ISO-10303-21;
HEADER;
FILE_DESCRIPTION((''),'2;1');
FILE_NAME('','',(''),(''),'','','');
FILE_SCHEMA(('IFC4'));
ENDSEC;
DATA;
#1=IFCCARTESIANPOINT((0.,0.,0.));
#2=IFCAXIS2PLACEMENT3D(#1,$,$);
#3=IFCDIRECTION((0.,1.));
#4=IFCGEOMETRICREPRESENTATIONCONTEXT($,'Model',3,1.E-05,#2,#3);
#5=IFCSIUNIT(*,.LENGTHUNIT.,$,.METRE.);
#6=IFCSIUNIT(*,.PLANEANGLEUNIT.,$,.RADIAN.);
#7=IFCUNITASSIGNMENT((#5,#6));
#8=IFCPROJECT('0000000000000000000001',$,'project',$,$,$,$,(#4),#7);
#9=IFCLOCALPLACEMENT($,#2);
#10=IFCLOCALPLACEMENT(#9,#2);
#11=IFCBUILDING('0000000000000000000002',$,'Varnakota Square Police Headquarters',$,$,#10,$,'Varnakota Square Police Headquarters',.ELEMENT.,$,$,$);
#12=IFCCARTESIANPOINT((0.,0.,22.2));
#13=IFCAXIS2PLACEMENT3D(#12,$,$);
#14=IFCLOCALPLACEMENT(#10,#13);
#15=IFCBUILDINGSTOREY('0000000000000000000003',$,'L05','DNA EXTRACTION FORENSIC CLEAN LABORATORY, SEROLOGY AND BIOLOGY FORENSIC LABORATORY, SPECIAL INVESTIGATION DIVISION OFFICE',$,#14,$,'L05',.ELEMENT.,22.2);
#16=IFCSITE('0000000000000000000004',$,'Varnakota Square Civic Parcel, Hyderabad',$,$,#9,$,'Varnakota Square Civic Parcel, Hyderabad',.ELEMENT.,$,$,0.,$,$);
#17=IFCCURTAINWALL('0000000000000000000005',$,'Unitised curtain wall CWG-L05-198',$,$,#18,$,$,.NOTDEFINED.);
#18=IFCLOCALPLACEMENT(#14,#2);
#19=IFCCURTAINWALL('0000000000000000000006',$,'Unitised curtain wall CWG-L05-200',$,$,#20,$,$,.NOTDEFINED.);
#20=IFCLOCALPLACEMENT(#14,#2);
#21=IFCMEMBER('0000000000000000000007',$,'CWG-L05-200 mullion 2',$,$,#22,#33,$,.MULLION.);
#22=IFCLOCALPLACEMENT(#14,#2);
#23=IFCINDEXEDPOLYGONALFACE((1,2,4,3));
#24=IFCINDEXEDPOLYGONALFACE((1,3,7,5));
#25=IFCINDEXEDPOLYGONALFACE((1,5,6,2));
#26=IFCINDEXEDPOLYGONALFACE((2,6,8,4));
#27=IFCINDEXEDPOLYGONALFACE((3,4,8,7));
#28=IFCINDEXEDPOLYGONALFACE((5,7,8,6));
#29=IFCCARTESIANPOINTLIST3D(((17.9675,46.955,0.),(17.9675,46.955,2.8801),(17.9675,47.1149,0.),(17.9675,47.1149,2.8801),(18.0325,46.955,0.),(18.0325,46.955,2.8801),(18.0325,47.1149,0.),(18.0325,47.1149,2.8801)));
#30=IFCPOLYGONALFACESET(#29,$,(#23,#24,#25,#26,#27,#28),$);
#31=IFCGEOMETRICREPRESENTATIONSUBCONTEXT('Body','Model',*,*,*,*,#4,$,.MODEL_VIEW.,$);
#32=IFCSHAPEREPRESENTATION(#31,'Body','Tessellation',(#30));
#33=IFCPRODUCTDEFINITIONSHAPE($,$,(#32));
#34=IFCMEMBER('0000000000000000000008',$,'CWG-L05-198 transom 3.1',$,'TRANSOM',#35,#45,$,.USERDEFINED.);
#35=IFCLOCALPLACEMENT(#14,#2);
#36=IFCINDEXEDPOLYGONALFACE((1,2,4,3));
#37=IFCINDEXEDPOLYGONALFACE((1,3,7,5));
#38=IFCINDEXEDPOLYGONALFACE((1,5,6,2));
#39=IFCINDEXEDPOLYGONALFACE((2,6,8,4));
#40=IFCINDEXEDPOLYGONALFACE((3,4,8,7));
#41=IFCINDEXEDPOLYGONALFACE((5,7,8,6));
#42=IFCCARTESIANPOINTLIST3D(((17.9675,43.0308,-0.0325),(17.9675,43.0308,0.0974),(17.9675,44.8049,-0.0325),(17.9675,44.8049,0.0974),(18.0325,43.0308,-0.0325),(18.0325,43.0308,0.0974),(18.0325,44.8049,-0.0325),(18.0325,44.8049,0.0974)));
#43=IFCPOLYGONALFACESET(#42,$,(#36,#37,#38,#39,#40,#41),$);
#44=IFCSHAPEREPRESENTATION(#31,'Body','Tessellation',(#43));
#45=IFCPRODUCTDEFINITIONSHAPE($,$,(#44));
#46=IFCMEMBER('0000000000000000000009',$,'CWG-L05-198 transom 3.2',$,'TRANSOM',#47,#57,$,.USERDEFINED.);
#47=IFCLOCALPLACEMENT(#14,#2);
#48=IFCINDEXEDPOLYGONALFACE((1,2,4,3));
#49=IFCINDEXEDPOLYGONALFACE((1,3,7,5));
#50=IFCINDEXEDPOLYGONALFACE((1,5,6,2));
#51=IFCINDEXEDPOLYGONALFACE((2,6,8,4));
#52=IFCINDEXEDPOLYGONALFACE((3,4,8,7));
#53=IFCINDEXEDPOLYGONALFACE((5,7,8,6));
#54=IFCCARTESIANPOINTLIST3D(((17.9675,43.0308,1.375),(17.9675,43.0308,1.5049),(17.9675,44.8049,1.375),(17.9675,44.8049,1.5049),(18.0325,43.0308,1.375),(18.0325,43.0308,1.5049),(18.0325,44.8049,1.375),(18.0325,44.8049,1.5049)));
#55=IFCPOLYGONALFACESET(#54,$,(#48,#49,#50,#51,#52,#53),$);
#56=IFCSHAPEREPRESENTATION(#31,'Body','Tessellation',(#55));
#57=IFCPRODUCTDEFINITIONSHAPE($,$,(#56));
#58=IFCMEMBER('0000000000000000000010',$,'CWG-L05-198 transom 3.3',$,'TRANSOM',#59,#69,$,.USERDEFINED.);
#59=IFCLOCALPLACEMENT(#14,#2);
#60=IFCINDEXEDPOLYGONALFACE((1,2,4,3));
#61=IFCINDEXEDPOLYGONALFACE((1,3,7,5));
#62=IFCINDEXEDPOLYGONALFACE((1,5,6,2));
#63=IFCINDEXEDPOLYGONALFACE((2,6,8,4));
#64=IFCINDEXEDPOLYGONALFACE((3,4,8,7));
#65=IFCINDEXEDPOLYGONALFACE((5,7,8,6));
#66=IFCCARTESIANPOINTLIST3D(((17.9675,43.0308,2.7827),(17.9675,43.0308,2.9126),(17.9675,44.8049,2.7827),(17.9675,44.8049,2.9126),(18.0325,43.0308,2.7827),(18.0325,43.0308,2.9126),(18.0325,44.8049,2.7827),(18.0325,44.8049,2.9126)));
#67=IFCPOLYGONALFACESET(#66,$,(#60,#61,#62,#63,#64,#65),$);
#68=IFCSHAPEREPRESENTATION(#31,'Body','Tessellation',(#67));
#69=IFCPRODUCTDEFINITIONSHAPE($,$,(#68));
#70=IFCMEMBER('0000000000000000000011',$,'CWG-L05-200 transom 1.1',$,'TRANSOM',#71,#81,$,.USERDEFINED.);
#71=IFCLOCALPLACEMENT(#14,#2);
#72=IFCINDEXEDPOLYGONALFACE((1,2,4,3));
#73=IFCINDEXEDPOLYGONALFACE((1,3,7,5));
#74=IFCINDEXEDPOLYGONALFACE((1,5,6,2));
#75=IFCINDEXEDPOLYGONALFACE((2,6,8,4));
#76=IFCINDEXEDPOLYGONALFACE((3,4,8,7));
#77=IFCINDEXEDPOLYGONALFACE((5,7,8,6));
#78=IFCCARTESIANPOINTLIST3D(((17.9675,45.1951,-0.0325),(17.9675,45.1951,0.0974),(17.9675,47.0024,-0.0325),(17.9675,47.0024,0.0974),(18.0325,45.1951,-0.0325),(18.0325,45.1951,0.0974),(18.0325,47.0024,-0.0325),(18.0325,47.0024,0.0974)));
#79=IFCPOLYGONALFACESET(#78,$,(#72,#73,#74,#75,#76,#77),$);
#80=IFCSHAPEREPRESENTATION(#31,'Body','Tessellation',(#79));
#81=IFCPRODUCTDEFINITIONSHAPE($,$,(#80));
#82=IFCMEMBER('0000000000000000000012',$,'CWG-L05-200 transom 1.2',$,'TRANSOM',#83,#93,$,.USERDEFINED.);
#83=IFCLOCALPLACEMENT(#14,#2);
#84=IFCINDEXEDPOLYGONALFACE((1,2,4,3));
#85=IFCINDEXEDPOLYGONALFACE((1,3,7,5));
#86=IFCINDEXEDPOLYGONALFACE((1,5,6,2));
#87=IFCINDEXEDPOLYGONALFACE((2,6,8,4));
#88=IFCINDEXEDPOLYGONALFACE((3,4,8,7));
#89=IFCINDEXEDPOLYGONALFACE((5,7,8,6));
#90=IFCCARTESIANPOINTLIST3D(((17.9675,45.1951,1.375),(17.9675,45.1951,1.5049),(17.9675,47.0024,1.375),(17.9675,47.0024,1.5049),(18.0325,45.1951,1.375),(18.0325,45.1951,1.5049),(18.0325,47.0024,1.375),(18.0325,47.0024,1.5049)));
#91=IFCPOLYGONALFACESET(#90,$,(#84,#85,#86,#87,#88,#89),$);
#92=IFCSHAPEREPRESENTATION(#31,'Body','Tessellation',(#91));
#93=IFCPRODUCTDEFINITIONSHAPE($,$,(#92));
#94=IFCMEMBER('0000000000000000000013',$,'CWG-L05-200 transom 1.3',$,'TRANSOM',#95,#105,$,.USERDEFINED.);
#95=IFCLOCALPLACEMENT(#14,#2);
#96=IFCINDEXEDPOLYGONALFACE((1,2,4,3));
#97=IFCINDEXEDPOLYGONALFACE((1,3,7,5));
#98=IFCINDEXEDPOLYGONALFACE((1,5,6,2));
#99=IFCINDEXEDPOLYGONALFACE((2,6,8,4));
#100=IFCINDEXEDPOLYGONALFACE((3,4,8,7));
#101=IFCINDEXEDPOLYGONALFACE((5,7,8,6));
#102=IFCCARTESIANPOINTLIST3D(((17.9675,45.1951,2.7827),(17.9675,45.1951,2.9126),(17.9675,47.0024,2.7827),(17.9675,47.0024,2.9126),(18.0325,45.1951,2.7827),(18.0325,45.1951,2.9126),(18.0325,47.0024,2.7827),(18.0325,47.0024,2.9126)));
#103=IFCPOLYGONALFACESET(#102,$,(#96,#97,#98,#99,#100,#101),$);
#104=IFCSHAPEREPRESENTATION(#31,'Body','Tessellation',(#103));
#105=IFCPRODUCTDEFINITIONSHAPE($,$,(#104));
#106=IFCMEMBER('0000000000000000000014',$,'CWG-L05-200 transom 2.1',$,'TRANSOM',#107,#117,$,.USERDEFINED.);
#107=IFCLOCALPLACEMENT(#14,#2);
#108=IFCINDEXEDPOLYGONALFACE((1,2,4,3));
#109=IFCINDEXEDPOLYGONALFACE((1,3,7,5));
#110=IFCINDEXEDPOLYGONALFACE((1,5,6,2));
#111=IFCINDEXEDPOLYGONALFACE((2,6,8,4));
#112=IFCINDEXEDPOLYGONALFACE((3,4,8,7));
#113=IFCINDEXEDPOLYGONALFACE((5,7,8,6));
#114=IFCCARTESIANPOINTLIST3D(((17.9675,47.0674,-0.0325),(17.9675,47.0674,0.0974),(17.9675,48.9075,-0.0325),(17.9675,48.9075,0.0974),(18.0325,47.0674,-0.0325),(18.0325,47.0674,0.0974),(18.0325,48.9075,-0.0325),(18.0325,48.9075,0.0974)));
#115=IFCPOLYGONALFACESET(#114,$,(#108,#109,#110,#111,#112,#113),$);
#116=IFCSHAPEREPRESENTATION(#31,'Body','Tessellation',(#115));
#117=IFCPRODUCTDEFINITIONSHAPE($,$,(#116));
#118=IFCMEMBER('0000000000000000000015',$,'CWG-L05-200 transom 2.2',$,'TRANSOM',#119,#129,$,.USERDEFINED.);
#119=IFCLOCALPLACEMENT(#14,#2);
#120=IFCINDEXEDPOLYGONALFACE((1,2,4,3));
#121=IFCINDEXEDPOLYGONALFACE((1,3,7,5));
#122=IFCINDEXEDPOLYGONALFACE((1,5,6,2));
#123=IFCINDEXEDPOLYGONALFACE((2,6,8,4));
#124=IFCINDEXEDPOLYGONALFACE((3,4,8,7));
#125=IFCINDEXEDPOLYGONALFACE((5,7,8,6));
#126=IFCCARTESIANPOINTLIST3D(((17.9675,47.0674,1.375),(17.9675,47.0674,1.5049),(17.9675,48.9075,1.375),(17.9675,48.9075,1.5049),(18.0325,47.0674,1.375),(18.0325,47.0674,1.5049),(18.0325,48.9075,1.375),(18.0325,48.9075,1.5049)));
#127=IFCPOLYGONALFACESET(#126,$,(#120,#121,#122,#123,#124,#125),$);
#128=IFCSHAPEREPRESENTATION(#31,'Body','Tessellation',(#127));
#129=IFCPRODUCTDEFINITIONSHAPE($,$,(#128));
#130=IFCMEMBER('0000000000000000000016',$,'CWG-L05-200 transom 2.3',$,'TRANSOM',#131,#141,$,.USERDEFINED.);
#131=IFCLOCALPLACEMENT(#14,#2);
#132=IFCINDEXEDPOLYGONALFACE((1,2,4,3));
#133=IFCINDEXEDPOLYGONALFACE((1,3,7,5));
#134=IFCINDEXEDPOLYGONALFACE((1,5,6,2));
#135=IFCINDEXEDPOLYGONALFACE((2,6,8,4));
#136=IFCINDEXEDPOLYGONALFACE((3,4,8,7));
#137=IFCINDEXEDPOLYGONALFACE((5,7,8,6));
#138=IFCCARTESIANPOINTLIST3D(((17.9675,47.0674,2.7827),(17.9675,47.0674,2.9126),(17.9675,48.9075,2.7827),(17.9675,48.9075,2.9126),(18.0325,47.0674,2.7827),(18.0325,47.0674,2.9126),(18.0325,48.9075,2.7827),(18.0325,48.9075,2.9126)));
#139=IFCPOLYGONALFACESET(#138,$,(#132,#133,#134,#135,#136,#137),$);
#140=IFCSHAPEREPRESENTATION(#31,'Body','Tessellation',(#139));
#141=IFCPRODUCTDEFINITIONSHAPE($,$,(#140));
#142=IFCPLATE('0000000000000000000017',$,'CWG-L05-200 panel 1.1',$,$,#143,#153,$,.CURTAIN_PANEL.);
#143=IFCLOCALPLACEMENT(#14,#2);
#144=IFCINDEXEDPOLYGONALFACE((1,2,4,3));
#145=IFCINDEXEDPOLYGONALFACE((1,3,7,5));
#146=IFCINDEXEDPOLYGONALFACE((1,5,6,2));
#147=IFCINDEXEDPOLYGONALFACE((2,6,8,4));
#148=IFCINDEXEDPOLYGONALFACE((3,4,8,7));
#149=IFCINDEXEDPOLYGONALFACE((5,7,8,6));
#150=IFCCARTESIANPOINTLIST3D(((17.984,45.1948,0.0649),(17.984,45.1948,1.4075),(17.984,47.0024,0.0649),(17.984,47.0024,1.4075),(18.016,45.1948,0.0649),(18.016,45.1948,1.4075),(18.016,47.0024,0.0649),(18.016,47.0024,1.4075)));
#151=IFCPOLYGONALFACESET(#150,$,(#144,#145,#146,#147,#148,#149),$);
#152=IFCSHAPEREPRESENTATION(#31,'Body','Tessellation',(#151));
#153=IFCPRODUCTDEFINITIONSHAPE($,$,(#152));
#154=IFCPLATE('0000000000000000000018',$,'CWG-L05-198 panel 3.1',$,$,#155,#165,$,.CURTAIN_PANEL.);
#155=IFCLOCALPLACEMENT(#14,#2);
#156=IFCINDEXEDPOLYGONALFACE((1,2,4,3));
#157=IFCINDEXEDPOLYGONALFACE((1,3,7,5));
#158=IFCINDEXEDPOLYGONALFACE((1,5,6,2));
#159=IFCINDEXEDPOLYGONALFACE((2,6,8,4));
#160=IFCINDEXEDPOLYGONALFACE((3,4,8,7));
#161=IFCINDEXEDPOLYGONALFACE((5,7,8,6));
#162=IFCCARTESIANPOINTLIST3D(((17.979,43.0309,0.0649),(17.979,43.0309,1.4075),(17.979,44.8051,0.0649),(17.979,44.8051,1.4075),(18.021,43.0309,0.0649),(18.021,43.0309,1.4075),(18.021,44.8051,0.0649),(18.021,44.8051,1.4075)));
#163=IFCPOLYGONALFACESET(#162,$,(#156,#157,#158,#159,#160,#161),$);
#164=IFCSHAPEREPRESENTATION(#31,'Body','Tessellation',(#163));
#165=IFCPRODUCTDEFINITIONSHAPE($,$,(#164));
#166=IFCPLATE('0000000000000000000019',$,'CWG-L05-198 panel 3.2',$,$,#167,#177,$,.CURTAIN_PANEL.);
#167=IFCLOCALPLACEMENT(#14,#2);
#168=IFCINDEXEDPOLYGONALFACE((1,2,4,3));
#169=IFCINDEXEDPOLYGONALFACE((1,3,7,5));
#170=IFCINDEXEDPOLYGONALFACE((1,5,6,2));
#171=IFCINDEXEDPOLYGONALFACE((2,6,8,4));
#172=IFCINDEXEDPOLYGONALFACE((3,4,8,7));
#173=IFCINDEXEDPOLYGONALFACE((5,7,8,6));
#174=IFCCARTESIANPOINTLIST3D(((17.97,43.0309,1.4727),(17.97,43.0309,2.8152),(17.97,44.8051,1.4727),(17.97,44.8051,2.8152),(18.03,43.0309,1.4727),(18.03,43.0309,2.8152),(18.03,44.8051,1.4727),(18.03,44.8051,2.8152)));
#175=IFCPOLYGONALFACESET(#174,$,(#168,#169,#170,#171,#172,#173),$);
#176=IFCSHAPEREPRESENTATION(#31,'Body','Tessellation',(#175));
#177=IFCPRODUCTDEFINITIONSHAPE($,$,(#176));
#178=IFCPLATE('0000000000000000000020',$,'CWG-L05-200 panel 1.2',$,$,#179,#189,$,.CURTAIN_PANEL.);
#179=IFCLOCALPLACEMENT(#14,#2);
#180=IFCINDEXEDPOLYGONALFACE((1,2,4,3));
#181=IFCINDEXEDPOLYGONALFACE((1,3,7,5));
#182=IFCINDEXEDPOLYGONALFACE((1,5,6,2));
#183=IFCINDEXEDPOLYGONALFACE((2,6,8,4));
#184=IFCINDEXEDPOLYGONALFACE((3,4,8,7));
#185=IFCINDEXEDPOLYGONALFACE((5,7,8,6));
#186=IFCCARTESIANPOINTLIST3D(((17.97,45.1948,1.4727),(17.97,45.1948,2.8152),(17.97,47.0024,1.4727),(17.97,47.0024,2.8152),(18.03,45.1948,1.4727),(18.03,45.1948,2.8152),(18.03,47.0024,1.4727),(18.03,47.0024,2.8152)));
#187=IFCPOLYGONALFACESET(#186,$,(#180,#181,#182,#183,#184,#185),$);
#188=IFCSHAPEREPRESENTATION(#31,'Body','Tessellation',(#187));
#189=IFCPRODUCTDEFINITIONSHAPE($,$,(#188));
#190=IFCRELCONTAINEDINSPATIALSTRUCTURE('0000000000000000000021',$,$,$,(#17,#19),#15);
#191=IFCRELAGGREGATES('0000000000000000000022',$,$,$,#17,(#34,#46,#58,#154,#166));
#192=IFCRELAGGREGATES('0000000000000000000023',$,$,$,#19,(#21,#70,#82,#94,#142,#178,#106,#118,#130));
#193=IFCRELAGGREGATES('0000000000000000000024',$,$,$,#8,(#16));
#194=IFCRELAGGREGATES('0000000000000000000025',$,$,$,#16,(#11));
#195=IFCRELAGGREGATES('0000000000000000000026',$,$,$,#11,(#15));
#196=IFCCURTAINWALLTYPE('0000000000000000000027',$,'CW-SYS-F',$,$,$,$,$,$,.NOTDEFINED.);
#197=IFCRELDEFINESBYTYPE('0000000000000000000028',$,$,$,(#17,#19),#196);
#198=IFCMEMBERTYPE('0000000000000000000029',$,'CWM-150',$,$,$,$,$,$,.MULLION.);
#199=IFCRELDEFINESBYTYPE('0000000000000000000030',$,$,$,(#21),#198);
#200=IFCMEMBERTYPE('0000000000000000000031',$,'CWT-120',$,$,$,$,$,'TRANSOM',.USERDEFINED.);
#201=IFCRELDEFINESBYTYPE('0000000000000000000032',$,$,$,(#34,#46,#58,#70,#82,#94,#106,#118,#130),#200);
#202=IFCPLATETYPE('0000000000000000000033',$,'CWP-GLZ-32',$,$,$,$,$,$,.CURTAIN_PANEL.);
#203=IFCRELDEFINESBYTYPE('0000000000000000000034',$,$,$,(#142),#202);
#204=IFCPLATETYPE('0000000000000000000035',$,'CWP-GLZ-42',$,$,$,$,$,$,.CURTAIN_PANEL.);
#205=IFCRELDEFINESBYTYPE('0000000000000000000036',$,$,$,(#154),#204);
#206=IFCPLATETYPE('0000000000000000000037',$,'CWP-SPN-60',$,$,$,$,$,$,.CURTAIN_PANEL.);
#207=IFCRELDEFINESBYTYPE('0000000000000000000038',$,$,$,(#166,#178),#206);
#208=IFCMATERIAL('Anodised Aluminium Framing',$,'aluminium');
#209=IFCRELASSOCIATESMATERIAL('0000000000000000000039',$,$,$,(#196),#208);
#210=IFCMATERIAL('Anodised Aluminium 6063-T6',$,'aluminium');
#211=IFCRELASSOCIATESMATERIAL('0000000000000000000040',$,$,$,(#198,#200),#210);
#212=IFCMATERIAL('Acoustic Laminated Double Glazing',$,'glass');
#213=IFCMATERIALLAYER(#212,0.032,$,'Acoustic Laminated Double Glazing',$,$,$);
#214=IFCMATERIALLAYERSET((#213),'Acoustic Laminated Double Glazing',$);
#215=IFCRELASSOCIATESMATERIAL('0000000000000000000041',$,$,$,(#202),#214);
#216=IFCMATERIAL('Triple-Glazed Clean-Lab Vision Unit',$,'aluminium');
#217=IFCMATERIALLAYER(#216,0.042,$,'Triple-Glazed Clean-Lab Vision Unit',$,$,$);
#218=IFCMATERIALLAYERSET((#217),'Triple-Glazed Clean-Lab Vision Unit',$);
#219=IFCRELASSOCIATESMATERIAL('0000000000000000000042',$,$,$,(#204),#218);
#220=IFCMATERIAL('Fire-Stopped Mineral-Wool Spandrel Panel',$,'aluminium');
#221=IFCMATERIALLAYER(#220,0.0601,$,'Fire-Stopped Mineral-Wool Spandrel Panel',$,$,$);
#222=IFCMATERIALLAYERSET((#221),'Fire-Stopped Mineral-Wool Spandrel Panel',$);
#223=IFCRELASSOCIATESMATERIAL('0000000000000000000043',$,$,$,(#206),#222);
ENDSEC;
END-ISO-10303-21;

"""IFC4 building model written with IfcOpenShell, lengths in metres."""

from ifc_helpers import new_model, si_unit, direction, frame, origin, origin_2d, place, context, subcontext, project, spatial, rectangle, extrude, material, layer, layer_set, material_profile, profile_set, type_object, element, aggregate, save


model = new_model("IFC4")

# Units and contexts
model_context = context("Model", 3, precision=1e-05, world=origin(), true_north=direction((0.0, 1.0)))
body_context = subcontext(model_context, "Body", "Model", "MODEL_VIEW")
ifc_project = project(units=[si_unit("LENGTHUNIT", "METRE"), si_unit("PLANEANGLEUNIT", "RADIAN")], contexts=[model_context])

# Site, building, storey
site_placement = place(None, origin())
site = spatial("IfcSite", under=ifc_project, at=site_placement, Name="Varnakota Square Civic Parcel, Hyderabad", LongName="Varnakota Square Civic Parcel, Hyderabad", CompositionType="ELEMENT", RefElevation=0.0)
building_placement = place(site_placement, origin())
building = spatial("IfcBuilding", under=site, at=building_placement, Name="Varnakota Square Police Headquarters", LongName="Varnakota Square Police Headquarters", CompositionType="ELEMENT")
storey_placement = place(building_placement, frame((0.0, 0.0, 22.2)))
storey = spatial("IfcBuildingStorey", under=building, at=storey_placement, Name="L05", Description="DNA EXTRACTION FORENSIC CLEAN LABORATORY, SEROLOGY AND BIOLOGY FORENSIC LABORATORY, SPECIAL INVESTIGATION DIVISION OFFICE", LongName="L05", CompositionType="ELEMENT", Elevation=22.2)

# Curtain walls, member
ifc_material_1 = material(Name="Anodised Aluminium Framing", Category="aluminium")
curtain_wall_type = type_object("IfcCurtainWallType", Name="CW-SYS-F", PredefinedType="NOTDEFINED", material=ifc_material_1)
curtain_wall_1_placement = place(storey_placement, origin())
curtain_wall_1 = element("IfcCurtainWall", 1, at=curtain_wall_1_placement, inside=storey, type_object=curtain_wall_type, Name="Unitised curtain wall CWG-L05-198", PredefinedType="NOTDEFINED")
ifc_material_2 = material(Name="Anodised Aluminium 6063-T6", Category="aluminium")
ifc_material_profile_1 = material_profile(ifc_material_2, rectangle(XDim=0.0649, YDim=0.1599, at=origin_2d()), Name="ALU MULLION 65x160")
ifc_profile_set_1 = profile_set([ifc_material_profile_1], Name="Anodised Aluminium 6063-T6")
member_type_1 = type_object("IfcMemberType", Name="CWM-150", PredefinedType="MULLION", material=ifc_profile_set_1)
curtain_wall_2_placement = place(storey_placement, origin())
curtain_wall_2 = element("IfcCurtainWall", 2, at=curtain_wall_2_placement, inside=storey, type_object=curtain_wall_type, Name="Unitised curtain wall CWG-L05-200", PredefinedType="NOTDEFINED")
member_1_placement = place(storey_placement, frame((18.0, 47.0349, 0.0), z_axis=(0.0, 0.0, 1.0), x_axis=(-1.0, 0.0, 0.0)))
member_1 = element("IfcMember", 3, at=member_1_placement, type_object=member_type_1, Name="CWG-L05-200 mullion 2", PredefinedType="MULLION", context=body_context, shape_type="SweptSolid", body=[
    extrude(rectangle(XDim=0.0649, YDim=0.1599, at=origin_2d()), origin(), (0.0, 0.0, 1.0), 2.8801),
])

# Members
ifc_material_profile_2 = material_profile(ifc_material_2, rectangle(XDim=0.0649, YDim=0.1299, at=origin_2d()), Name="ALU TRANSOM 65x130")
ifc_profile_set_2 = profile_set([ifc_material_profile_2], Name="Anodised Aluminium 6063-T6")
member_type_2 = type_object("IfcMemberType", Name="CWT-120", ElementType="TRANSOM", PredefinedType="USERDEFINED", material=ifc_profile_set_2)
member_2_placement = place(storey_placement, frame((18.0, 43.0308, 0.0325), z_axis=(0.0, 1.0, 0.0), x_axis=(-1.0, 0.0, 0.0)))
member_2 = element("IfcMember", 4, at=member_2_placement, type_object=member_type_2, Name="CWG-L05-198 transom 3.1", ObjectType="TRANSOM", PredefinedType="USERDEFINED", context=body_context, shape_type="SweptSolid", body=[
    extrude(rectangle(XDim=0.0649, YDim=0.1299, at=origin_2d()), origin(), (0.0, 0.0, 1.0), 1.7742),
])
member_3_placement = place(storey_placement, frame((18.0, 43.0308, 1.4399), z_axis=(0.0, 1.0, 0.0), x_axis=(-1.0, 0.0, 0.0)))
member_3 = element("IfcMember", 5, at=member_3_placement, type_object=member_type_2, Name="CWG-L05-198 transom 3.2", ObjectType="TRANSOM", PredefinedType="USERDEFINED", context=body_context, shape_type="SweptSolid", body=[
    extrude(rectangle(XDim=0.0649, YDim=0.1299, at=origin_2d()), origin(), (0.0, 0.0, 1.0), 1.7742),
])
member_4_placement = place(storey_placement, frame((18.0, 43.0308, 2.8477), z_axis=(0.0, 1.0, 0.0), x_axis=(-1.0, 0.0, 0.0)))
member_4 = element("IfcMember", 6, at=member_4_placement, type_object=member_type_2, Name="CWG-L05-198 transom 3.3", ObjectType="TRANSOM", PredefinedType="USERDEFINED", context=body_context, shape_type="SweptSolid", body=[
    extrude(rectangle(XDim=0.0649, YDim=0.1299, at=origin_2d()), origin(), (0.0, 0.0, 1.0), 1.7742),
])
member_5_placement = place(storey_placement, frame((18.0, 45.1951, 0.0325), z_axis=(0.0, 1.0, 0.0), x_axis=(-1.0, 0.0, 0.0)))
member_5 = element("IfcMember", 7, at=member_5_placement, type_object=member_type_2, Name="CWG-L05-200 transom 1.1", ObjectType="TRANSOM", PredefinedType="USERDEFINED", context=body_context, shape_type="SweptSolid", body=[
    extrude(rectangle(XDim=0.0649, YDim=0.1299, at=origin_2d()), origin(), (0.0, 0.0, 1.0), 1.8074),
])
member_6_placement = place(storey_placement, frame((18.0, 45.1951, 1.4399), z_axis=(0.0, 1.0, 0.0), x_axis=(-1.0, 0.0, 0.0)))
member_6 = element("IfcMember", 8, at=member_6_placement, type_object=member_type_2, Name="CWG-L05-200 transom 1.2", ObjectType="TRANSOM", PredefinedType="USERDEFINED", context=body_context, shape_type="SweptSolid", body=[
    extrude(rectangle(XDim=0.0649, YDim=0.1299, at=origin_2d()), origin(), (0.0, 0.0, 1.0), 1.8074),
])
member_7_placement = place(storey_placement, frame((18.0, 45.1951, 2.8477), z_axis=(0.0, 1.0, 0.0), x_axis=(-1.0, 0.0, 0.0)))
member_7 = element("IfcMember", 9, at=member_7_placement, type_object=member_type_2, Name="CWG-L05-200 transom 1.3", ObjectType="TRANSOM", PredefinedType="USERDEFINED", context=body_context, shape_type="SweptSolid", body=[
    extrude(rectangle(XDim=0.0649, YDim=0.1299, at=origin_2d()), origin(), (0.0, 0.0, 1.0), 1.8074),
])
member_8_placement = place(storey_placement, frame((18.0, 47.0674, 0.0325), z_axis=(0.0, 1.0, 0.0), x_axis=(-1.0, 0.0, 0.0)))
member_8 = element("IfcMember", 10, at=member_8_placement, type_object=member_type_2, Name="CWG-L05-200 transom 2.1", ObjectType="TRANSOM", PredefinedType="USERDEFINED", context=body_context, shape_type="SweptSolid", body=[
    extrude(rectangle(XDim=0.0649, YDim=0.1299, at=origin_2d()), origin(), (0.0, 0.0, 1.0), 1.8401),
])
member_9_placement = place(storey_placement, frame((18.0, 47.0674, 1.4399), z_axis=(0.0, 1.0, 0.0), x_axis=(-1.0, 0.0, 0.0)))
member_9 = element("IfcMember", 11, at=member_9_placement, type_object=member_type_2, Name="CWG-L05-200 transom 2.2", ObjectType="TRANSOM", PredefinedType="USERDEFINED", context=body_context, shape_type="SweptSolid", body=[
    extrude(rectangle(XDim=0.0649, YDim=0.1299, at=origin_2d()), origin(), (0.0, 0.0, 1.0), 1.8401),
])
member_10_placement = place(storey_placement, frame((18.0, 47.0674, 2.8477), z_axis=(0.0, 1.0, 0.0), x_axis=(-1.0, 0.0, 0.0)))
member_10 = element("IfcMember", 12, at=member_10_placement, type_object=member_type_2, Name="CWG-L05-200 transom 2.3", ObjectType="TRANSOM", PredefinedType="USERDEFINED", context=body_context, shape_type="SweptSolid", body=[
    extrude(rectangle(XDim=0.0649, YDim=0.1299, at=origin_2d()), origin(), (0.0, 0.0, 1.0), 1.8401),
])

# Plates
ifc_material_3 = material(Name="Acoustic Laminated Double Glazing", Category="glass")
ifc_layer_1 = layer(ifc_material_3, 0.032, Name="Acoustic Laminated Double Glazing")
ifc_layer_set_1 = layer_set([ifc_layer_1], Name="Acoustic Laminated Double Glazing")
plate_type_1 = type_object("IfcPlateType", Name="CWP-GLZ-32", PredefinedType="CURTAIN_PANEL", material=ifc_layer_set_1)
plate_1_placement = place(storey_placement, frame((18.0, 46.0986, 0.0649), z_axis=(0.0, 0.0, 1.0), x_axis=(0.0, 1.0, 0.0)))
plate_1 = element("IfcPlate", 13, at=plate_1_placement, type_object=plate_type_1, Name="CWG-L05-200 panel 1.1", PredefinedType="CURTAIN_PANEL", context=body_context, shape_type="SweptSolid", body=[
    extrude(rectangle(XDim=1.8076, YDim=0.032, at=origin_2d()), origin(), (0.0, 0.0, 1.0), 1.3425),
])
ifc_material_4 = material(Name="Triple-Glazed Clean-Lab Vision Unit", Category="aluminium")
ifc_layer_2 = layer(ifc_material_4, 0.042, Name="Triple-Glazed Clean-Lab Vision Unit")
ifc_layer_set_2 = layer_set([ifc_layer_2], Name="Triple-Glazed Clean-Lab Vision Unit")
plate_type_2 = type_object("IfcPlateType", Name="CWP-GLZ-42", PredefinedType="CURTAIN_PANEL", material=ifc_layer_set_2)
plate_2_placement = place(storey_placement, frame((18.0, 43.918, 0.0649), z_axis=(0.0, 0.0, 1.0), x_axis=(0.0, 1.0, 0.0)))
plate_2 = element("IfcPlate", 14, at=plate_2_placement, type_object=plate_type_2, Name="CWG-L05-198 panel 3.1", PredefinedType="CURTAIN_PANEL", context=body_context, shape_type="SweptSolid", body=[
    extrude(rectangle(XDim=1.7742, YDim=0.042, at=origin_2d()), origin(), (0.0, 0.0, 1.0), 1.3425),
])
ifc_material_5 = material(Name="Fire-Stopped Mineral-Wool Spandrel Panel", Category="aluminium")
ifc_layer_3 = layer(ifc_material_5, 0.0601, Name="Fire-Stopped Mineral-Wool Spandrel Panel")
ifc_layer_set_3 = layer_set([ifc_layer_3], Name="Fire-Stopped Mineral-Wool Spandrel Panel")
plate_type_3 = type_object("IfcPlateType", Name="CWP-SPN-60", PredefinedType="CURTAIN_PANEL", material=ifc_layer_set_3)
plate_3_placement = place(storey_placement, frame((18.0, 43.918, 1.4727), z_axis=(0.0, 0.0, 1.0), x_axis=(0.0, 1.0, 0.0)))
plate_3 = element("IfcPlate", 15, at=plate_3_placement, type_object=plate_type_3, Name="CWG-L05-198 panel 3.2", PredefinedType="CURTAIN_PANEL", context=body_context, shape_type="SweptSolid", body=[
    extrude(rectangle(XDim=1.7742, YDim=0.0601, at=origin_2d()), origin(), (0.0, 0.0, 1.0), 1.3425),
])
aggregate(curtain_wall_1, [member_2, member_3, member_4, plate_2, plate_3])
plate_4_placement = place(storey_placement, frame((18.0, 46.0986, 1.4727), z_axis=(0.0, 0.0, 1.0), x_axis=(0.0, 1.0, 0.0)))
plate_4 = element("IfcPlate", 16, at=plate_4_placement, type_object=plate_type_3, Name="CWG-L05-200 panel 1.2", PredefinedType="CURTAIN_PANEL", context=body_context, shape_type="SweptSolid", body=[
    extrude(rectangle(XDim=1.8076, YDim=0.0601, at=origin_2d()), origin(), (0.0, 0.0, 1.0), 1.3425),
])
aggregate(curtain_wall_2, [member_1, member_5, member_6, member_7, plate_1, plate_4, member_8, member_9, member_10])

save(model, "model.ifc")
